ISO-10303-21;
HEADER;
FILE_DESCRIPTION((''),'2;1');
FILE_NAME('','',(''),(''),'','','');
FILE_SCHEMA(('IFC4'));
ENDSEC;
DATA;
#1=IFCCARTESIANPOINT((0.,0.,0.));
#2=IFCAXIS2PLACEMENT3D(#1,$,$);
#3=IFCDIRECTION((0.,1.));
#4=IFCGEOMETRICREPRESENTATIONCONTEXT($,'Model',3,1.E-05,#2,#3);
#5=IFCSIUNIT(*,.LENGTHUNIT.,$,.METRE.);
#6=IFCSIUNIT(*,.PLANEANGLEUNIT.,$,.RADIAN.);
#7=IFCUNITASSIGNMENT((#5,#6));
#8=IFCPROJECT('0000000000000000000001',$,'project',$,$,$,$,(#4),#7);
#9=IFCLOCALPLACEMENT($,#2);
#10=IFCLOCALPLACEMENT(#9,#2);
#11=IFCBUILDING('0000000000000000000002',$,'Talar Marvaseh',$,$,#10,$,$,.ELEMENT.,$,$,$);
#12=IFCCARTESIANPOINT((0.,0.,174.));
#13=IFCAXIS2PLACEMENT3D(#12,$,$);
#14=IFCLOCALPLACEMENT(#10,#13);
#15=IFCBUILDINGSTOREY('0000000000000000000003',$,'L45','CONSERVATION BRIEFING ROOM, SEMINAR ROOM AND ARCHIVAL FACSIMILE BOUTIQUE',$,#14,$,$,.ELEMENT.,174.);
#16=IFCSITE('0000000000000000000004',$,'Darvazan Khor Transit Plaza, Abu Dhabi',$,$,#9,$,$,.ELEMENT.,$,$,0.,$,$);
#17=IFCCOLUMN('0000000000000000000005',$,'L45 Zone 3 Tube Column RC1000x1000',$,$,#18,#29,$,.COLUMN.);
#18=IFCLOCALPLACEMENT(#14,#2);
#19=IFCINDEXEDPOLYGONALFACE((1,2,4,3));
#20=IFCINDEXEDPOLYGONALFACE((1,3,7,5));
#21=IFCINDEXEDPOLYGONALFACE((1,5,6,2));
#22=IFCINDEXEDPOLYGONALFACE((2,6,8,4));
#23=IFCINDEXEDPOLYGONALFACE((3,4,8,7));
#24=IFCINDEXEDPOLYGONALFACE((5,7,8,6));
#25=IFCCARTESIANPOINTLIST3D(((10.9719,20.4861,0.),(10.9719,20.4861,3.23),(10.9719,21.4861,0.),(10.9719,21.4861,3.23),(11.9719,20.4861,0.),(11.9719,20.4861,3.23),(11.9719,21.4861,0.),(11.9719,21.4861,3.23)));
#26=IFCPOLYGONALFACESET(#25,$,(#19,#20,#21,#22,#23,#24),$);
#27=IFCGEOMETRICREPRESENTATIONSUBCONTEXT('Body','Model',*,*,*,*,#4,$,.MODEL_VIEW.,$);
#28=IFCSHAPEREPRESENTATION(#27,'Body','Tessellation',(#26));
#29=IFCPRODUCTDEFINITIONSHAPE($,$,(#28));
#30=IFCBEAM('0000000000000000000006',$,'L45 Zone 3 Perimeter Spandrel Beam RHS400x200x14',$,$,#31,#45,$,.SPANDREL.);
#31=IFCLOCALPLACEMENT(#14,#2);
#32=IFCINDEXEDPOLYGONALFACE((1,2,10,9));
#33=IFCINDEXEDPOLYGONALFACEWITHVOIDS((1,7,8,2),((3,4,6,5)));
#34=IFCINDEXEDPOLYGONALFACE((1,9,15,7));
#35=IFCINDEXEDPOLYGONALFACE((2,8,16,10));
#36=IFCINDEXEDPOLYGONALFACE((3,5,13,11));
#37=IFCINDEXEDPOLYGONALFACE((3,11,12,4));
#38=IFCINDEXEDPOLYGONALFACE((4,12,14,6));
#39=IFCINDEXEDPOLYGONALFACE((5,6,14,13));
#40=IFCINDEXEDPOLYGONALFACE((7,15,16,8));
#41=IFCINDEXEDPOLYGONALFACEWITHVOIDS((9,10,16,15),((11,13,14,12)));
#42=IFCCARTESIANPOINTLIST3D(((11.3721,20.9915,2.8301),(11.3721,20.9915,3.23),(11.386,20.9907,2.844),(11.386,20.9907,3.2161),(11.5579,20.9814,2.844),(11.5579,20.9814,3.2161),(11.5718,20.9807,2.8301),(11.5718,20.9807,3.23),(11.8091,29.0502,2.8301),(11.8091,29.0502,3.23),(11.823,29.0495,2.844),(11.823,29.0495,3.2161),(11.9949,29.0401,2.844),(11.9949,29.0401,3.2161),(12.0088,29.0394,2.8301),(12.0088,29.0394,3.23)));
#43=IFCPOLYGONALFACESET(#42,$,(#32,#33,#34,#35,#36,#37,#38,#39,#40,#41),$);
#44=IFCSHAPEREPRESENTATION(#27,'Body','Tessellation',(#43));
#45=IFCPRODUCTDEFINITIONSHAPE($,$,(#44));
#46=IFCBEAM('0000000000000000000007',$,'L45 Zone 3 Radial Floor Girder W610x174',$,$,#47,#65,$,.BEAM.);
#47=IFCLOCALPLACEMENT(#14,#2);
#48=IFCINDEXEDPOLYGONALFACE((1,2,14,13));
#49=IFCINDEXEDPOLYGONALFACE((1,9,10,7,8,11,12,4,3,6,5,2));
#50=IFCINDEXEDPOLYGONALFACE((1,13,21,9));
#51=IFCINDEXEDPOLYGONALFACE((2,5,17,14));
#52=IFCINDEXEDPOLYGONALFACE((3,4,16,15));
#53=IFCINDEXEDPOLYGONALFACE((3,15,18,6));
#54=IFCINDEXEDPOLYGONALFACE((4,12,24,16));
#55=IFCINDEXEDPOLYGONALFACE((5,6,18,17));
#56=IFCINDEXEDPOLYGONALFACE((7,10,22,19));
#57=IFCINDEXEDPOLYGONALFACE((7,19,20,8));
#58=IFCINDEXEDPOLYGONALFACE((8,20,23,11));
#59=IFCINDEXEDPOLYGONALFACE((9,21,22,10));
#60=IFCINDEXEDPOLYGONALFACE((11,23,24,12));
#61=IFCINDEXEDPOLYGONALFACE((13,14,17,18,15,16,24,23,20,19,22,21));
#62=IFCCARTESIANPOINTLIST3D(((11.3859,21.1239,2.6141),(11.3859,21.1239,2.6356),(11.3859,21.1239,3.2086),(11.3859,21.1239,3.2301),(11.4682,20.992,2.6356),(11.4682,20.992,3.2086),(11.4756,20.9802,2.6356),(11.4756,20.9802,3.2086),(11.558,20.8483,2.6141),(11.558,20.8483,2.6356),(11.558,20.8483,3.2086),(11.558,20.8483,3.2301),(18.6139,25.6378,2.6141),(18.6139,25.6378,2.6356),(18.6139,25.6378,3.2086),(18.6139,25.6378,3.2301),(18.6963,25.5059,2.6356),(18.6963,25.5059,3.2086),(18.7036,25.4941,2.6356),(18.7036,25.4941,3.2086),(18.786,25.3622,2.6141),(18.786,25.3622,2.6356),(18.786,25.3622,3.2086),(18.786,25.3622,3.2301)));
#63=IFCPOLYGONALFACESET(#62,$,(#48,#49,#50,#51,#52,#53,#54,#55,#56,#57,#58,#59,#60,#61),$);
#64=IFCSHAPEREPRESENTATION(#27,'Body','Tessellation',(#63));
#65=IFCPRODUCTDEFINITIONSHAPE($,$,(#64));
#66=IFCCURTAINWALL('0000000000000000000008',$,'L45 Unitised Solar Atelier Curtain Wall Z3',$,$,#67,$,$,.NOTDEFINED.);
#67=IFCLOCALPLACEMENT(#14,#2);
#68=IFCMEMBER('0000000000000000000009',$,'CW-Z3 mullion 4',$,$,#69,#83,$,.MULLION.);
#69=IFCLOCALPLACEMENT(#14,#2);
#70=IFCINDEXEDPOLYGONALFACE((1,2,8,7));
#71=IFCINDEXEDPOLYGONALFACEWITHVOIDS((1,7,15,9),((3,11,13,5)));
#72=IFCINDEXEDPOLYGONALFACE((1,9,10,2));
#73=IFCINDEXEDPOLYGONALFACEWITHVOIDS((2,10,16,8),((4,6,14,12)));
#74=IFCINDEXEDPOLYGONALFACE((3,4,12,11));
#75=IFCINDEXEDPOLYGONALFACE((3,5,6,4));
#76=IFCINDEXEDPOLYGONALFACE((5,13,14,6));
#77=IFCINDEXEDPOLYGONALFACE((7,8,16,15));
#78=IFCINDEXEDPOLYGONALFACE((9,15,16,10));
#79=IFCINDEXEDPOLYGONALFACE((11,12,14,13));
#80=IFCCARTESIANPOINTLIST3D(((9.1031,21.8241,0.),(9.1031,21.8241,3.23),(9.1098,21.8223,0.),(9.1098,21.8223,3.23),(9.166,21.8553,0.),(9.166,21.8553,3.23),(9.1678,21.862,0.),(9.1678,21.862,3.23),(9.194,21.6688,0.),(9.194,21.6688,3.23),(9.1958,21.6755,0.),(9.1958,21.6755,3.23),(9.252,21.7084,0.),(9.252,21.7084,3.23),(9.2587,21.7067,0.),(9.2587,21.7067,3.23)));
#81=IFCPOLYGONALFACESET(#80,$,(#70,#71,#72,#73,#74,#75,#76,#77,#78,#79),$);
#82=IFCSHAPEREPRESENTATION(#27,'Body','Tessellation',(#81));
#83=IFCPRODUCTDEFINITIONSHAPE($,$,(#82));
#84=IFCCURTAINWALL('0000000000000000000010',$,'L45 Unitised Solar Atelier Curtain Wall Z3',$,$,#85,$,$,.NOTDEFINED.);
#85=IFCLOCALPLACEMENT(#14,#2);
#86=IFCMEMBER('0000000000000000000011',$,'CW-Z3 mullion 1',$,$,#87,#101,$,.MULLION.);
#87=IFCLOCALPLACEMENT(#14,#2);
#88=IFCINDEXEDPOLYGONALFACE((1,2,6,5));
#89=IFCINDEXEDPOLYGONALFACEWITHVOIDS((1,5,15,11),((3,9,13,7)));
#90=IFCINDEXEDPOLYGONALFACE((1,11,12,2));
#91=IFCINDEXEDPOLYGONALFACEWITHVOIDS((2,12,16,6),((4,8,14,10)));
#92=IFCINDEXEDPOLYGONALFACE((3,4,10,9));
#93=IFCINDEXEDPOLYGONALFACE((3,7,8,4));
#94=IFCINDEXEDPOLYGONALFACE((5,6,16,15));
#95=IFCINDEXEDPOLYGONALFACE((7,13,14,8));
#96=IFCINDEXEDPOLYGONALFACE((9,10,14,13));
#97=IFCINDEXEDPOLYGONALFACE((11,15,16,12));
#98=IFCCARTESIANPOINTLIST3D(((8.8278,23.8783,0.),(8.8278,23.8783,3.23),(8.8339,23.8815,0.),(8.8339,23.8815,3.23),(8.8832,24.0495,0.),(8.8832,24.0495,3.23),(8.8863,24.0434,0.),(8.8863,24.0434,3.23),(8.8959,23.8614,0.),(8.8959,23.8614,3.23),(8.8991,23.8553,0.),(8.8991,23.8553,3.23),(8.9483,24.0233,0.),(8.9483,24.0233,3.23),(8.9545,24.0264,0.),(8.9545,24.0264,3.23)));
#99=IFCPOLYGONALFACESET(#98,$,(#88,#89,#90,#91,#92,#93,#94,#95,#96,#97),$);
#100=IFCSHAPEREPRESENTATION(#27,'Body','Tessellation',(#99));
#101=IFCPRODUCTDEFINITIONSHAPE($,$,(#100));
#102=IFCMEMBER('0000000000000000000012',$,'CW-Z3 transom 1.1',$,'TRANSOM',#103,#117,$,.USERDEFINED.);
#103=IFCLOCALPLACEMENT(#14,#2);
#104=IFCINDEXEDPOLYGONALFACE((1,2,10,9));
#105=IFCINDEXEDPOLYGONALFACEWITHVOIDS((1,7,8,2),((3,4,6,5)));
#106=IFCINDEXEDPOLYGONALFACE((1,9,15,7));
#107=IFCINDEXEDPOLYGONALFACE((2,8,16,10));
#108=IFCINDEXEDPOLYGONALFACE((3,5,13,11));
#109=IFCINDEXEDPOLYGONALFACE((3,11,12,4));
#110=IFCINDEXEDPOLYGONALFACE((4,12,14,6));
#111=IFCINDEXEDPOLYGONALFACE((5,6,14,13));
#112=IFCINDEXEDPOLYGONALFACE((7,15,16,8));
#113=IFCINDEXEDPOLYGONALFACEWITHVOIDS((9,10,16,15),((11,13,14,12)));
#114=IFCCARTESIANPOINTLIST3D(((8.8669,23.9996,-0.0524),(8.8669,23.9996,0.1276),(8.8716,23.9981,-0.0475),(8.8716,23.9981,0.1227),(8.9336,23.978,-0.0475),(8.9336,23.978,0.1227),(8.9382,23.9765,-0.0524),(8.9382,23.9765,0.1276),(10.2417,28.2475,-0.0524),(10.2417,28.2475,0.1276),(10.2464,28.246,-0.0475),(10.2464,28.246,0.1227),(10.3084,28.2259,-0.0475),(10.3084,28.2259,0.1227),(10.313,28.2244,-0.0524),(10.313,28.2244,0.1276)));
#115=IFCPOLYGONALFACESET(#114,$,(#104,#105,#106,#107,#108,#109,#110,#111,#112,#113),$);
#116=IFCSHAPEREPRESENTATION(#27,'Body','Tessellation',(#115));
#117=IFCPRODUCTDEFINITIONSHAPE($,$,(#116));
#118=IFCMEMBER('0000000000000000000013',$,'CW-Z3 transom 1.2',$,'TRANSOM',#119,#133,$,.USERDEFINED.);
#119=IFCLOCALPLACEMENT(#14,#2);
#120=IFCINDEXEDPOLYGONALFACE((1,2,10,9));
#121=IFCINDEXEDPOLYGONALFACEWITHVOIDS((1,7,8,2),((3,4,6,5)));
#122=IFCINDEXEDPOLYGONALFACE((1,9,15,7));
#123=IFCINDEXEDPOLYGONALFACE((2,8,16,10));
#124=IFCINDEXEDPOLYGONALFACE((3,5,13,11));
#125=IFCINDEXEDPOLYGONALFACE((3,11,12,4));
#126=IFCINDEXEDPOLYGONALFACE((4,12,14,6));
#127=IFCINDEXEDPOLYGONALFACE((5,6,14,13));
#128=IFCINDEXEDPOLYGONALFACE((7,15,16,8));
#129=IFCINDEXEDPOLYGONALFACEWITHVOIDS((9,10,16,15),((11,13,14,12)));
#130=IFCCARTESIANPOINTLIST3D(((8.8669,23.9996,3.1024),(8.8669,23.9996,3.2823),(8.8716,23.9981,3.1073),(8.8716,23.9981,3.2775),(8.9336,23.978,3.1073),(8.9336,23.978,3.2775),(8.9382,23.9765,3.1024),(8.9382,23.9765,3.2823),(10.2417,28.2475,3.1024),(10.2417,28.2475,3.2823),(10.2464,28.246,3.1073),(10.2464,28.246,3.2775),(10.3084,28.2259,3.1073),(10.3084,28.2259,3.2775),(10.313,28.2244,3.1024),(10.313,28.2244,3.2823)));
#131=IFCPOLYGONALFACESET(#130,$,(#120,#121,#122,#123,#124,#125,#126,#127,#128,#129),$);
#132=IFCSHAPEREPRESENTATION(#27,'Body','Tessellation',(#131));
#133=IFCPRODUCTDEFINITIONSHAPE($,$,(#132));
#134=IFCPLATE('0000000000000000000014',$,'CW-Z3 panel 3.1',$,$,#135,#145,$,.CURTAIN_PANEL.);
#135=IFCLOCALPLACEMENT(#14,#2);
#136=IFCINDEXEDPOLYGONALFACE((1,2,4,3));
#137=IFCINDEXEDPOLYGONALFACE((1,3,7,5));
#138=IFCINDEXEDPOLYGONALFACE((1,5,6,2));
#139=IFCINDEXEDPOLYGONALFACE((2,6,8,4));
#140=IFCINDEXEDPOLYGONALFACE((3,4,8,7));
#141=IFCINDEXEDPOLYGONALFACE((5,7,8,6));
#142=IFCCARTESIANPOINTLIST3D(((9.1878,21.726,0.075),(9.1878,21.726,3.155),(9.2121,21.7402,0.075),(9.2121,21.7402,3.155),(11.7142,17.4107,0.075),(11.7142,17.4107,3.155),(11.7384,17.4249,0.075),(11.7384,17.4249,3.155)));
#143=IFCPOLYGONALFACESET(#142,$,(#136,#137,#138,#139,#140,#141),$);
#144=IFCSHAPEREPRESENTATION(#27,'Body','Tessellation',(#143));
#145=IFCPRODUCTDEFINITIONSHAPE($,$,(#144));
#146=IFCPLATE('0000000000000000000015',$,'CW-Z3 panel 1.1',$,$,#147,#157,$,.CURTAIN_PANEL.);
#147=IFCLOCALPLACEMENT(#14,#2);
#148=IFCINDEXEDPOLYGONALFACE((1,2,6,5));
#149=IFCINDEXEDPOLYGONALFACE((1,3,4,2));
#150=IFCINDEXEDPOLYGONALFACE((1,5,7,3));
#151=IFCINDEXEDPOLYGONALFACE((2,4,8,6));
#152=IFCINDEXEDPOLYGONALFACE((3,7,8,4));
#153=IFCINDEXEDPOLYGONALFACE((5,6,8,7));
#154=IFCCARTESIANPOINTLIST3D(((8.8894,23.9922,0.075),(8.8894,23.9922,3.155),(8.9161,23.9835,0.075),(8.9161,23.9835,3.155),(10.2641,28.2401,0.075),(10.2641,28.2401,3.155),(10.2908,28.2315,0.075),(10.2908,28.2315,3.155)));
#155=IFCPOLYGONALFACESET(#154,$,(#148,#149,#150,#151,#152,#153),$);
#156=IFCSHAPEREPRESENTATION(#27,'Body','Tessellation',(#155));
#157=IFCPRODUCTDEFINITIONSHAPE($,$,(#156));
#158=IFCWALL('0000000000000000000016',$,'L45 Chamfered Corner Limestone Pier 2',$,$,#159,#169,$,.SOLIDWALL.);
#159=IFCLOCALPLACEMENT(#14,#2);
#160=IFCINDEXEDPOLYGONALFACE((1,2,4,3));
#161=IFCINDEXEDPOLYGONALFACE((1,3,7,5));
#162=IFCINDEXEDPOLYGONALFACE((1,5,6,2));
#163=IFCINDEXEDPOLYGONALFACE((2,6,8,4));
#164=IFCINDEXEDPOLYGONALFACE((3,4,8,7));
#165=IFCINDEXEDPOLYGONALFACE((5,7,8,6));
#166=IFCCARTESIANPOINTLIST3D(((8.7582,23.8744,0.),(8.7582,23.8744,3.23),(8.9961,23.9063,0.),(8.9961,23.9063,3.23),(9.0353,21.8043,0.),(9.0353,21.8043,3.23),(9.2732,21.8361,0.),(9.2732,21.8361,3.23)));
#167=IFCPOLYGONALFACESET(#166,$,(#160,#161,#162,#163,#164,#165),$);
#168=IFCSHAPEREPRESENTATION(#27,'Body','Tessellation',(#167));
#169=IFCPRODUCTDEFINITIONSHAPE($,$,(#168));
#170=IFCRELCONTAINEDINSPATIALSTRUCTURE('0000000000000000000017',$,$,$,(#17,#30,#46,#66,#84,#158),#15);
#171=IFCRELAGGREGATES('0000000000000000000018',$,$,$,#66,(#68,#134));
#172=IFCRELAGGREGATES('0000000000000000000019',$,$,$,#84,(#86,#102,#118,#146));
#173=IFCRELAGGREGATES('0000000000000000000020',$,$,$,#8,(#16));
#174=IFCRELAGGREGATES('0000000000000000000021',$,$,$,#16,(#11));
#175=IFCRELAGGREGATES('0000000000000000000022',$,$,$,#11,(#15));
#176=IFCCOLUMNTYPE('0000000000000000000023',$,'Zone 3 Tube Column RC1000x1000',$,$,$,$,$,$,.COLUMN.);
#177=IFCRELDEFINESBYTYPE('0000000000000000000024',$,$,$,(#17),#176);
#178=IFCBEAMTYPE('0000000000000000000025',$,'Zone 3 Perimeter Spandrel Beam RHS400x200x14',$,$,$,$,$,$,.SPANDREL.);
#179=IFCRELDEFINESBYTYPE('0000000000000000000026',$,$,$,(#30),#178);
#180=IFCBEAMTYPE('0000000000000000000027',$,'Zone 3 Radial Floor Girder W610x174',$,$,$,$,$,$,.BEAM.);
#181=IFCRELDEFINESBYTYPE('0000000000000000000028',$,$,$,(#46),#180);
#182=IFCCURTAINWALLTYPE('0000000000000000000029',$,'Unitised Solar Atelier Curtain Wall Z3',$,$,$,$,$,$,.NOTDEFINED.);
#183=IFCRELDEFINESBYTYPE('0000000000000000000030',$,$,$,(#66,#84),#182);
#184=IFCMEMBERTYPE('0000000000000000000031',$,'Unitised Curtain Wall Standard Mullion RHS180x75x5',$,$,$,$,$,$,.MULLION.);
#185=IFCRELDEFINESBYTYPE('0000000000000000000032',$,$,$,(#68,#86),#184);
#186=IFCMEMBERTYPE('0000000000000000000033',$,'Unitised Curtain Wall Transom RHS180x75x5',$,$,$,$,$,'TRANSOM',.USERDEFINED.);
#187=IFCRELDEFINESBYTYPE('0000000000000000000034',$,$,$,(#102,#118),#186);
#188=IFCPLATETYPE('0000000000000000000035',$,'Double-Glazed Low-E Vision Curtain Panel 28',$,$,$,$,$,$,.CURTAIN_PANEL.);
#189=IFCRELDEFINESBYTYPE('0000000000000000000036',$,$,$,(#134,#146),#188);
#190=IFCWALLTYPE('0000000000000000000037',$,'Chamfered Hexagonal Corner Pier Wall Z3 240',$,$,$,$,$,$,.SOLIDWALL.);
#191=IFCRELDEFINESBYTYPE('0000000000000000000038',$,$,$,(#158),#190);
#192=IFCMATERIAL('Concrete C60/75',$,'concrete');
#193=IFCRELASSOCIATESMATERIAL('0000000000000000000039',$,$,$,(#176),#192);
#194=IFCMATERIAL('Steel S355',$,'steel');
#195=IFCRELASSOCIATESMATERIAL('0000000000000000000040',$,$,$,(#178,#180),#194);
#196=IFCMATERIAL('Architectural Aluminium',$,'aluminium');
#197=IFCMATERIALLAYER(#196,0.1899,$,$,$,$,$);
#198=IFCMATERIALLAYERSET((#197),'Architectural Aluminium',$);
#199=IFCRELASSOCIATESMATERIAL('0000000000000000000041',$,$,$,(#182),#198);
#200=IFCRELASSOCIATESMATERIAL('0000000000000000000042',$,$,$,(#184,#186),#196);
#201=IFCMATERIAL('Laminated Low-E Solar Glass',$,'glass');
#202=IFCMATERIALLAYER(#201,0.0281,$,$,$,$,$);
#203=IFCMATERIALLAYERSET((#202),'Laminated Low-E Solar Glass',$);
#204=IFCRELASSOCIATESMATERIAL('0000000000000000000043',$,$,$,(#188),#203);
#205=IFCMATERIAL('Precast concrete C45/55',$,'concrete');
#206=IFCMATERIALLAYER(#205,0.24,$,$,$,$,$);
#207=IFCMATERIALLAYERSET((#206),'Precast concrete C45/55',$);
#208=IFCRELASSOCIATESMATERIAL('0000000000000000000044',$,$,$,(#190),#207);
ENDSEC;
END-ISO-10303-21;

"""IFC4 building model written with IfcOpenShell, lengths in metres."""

from ifc_helpers import new_model, si_unit, direction, frame, frame_2d, origin, origin_2d, place, context, subcontext, project, spatial, rectangle, hollow_rectangle, i_section, extrude, source, transform, mapped, material, layer, layer_set, material_profile, profile_set, type_object, type_shapes, element, aggregate, save


model = new_model("IFC4")

# Units and contexts
model_context = context("Model", 3, precision=1e-05, world=origin(), true_north=direction((0.0, 1.0)))
body_context = subcontext(model_context, "Body", "Model", "MODEL_VIEW")
ifc_project = project(units=[si_unit("LENGTHUNIT", "METRE"), si_unit("PLANEANGLEUNIT", "RADIAN")], contexts=[model_context])

# Site, building, storey
site_placement = place(None, origin())
site = spatial("IfcSite", under=ifc_project, at=site_placement, Name="Darvazan Khor Transit Plaza, Abu Dhabi", CompositionType="ELEMENT", RefElevation=0.0)
building_placement = place(site_placement, origin())
building = spatial("IfcBuilding", under=site, at=building_placement, Name="Talar Marvaseh", CompositionType="ELEMENT")
storey_placement = place(building_placement, frame((0.0, 0.0, 174.0)))
storey = spatial("IfcBuildingStorey", under=building, at=storey_placement, Name="L45", Description="CONSERVATION BRIEFING ROOM, SEMINAR ROOM AND ARCHIVAL FACSIMILE BOUTIQUE", CompositionType="ELEMENT", Elevation=174.0)

# Column
ifc_material_1 = material(Name="Concrete C60/75", Category="concrete")
ifc_material_profile_1 = material_profile(ifc_material_1, rectangle(XDim=1.0, YDim=1.0, at=origin_2d()), Name="RC1000x1000")
ifc_profile_set_1 = profile_set([ifc_material_profile_1], Name="Concrete C60/75")
column_type = type_object("IfcColumnType", Name="Zone 3 Tube Column RC1000x1000", PredefinedType="COLUMN", material=ifc_profile_set_1)
column_placement = place(storey_placement, frame((11.4719, 20.9861, 0.0), z_axis=(0.0, 0.0, 1.0), x_axis=(1.0, 0.0, 0.0)))
element("IfcColumn", 1, at=column_placement, inside=storey, type_object=column_type, Name="L45 Zone 3 Tube Column RC1000x1000", PredefinedType="COLUMN", context=body_context, shape_type="SweptSolid", body=[
    extrude(rectangle(XDim=1.0, YDim=1.0, at=origin_2d()), origin(), (0.0, 0.0, 1.0), 3.23),
])

# Beams
ifc_material_2 = material(Name="Steel S355", Category="steel")
ifc_material_profile_2 = material_profile(ifc_material_2, hollow_rectangle(XDim=0.2, YDim=0.3999, WallThickness=0.0139, at=origin_2d()), Name="RHS400x200x14")
ifc_profile_set_2 = profile_set([ifc_material_profile_2], Name="Steel S355")
beam_type_1 = type_object("IfcBeamType", Name="Zone 3 Perimeter Spandrel Beam RHS400x200x14", PredefinedType="SPANDREL", material=ifc_profile_set_2)
beam_1_placement = place(storey_placement, frame((11.4719, 20.9861, 3.03), z_axis=(0.054148, 0.998533, 0.0), x_axis=(-0.998533, 0.054148, 0.0)))
element("IfcBeam", 2, at=beam_1_placement, inside=storey, type_object=beam_type_1, Name="L45 Zone 3 Perimeter Spandrel Beam RHS400x200x14", PredefinedType="SPANDREL", context=body_context, shape_type="SweptSolid", body=[
    extrude(hollow_rectangle(XDim=0.2, YDim=0.3999, WallThickness=0.0139, at=origin_2d()), origin(), (0.0, 0.0, 1.0), 8.0706),
])
ifc_material_profile_3 = material_profile(ifc_material_2, i_section(OverallWidth=0.325, OverallDepth=0.616, WebThickness=0.0139, FlangeThickness=0.0215, at=origin_2d()), Name="W610x174")
ifc_profile_set_3 = profile_set([ifc_material_profile_3], Name="Steel S355")
beam_type_2 = type_object("IfcBeamType", Name="Zone 3 Radial Floor Girder W610x174", PredefinedType="BEAM", material=ifc_profile_set_3)
beam_2_placement = place(storey_placement, frame((11.4719, 20.9861, 2.9221), z_axis=(0.848188, 0.529695, 0.0), x_axis=(-0.529695, 0.848188, 0.0)))
element("IfcBeam", 3, at=beam_2_placement, inside=storey, type_object=beam_type_2, Name="L45 Zone 3 Radial Floor Girder W610x174", PredefinedType="BEAM", context=body_context, shape_type="SweptSolid", body=[
    extrude(i_section(OverallWidth=0.325, OverallDepth=0.616, WebThickness=0.0139, FlangeThickness=0.0215, at=origin_2d()), origin(), (0.0, 0.0, 1.0), 8.5217),
])

# Curtain wall, member
ifc_material_3 = material(Name="Architectural Aluminium", Category="aluminium")
ifc_layer_1 = layer(ifc_material_3, 0.1899)
ifc_layer_set_1 = layer_set([ifc_layer_1], Name="Architectural Aluminium")
curtain_wall_type = type_object("IfcCurtainWallType", Name="Unitised Solar Atelier Curtain Wall Z3", PredefinedType="NOTDEFINED", material=ifc_layer_set_1)
curtain_wall_1_placement = place(storey_placement, origin())
curtain_wall_1 = element("IfcCurtainWall", 4, at=curtain_wall_1_placement, inside=storey, type_object=curtain_wall_type, Name="L45 Unitised Solar Atelier Curtain Wall Z3", PredefinedType="NOTDEFINED")
ifc_material_profile_4 = material_profile(ifc_material_3, hollow_rectangle(XDim=0.075, YDim=0.1799, WallThickness=0.0049, at=origin_2d()), Name="RHS180x75x5")
ifc_profile_set_4 = profile_set([ifc_material_profile_4], Name="Architectural Aluminium")
member_type_1 = type_object("IfcMemberType", Name="Unitised Curtain Wall Standard Mullion RHS180x75x5", PredefinedType="MULLION", material=ifc_profile_set_4)
shared_shape_1 = source(origin(), body_context, "Body", "SweptSolid", [
    extrude(hollow_rectangle(XDim=0.075, YDim=0.1799, WallThickness=0.0049, at=origin_2d()), origin(), (0.0, 0.0, 1.0), 3.23),
])
type_shapes(member_type_1, [shared_shape_1])
member_1_placement = place(storey_placement, frame((9.1809, 21.7654, 0.0), z_axis=(0.0, 0.0, 1.0), x_axis=(-0.862987, -0.505227, 0.0)))
member_1 = element("IfcMember", 5, at=member_1_placement, type_object=member_type_1, Name="CW-Z3 mullion 4", PredefinedType="MULLION", context=body_context, shape_type="MappedRepresentation", body=[
    mapped(shared_shape_1, transform((0.0, 0.0, 0.0), x_axis=(1.0, 0.0, 0.0), y_axis=(0.0, 1.0, 0.0), z_axis=(0.0, 0.0, 1.0), scale=1.0)),
])

# Curtain wall, members
curtain_wall_2_placement = place(storey_placement, origin())
curtain_wall_2 = element("IfcCurtainWall", 6, at=curtain_wall_2_placement, inside=storey, type_object=curtain_wall_type, Name="L45 Unitised Solar Atelier Curtain Wall Z3", PredefinedType="NOTDEFINED")
member_2_placement = place(storey_placement, frame((8.8911, 23.9524, 0.0), z_axis=(0.0, 0.0, 1.0), x_axis=(-0.951424, 0.307885, 0.0)))
member_2 = element("IfcMember", 7, at=member_2_placement, type_object=member_type_1, Name="CW-Z3 mullion 1", PredefinedType="MULLION", context=body_context, shape_type="MappedRepresentation", body=[
    mapped(shared_shape_1, transform((0.0, 0.0, 0.0), x_axis=(1.0, 0.0, 0.0), y_axis=(0.0, 1.0, 0.0), z_axis=(0.0, 0.0, 1.0), scale=1.0)),
])
ifc_material_profile_5 = material_profile(ifc_material_3, hollow_rectangle(XDim=0.075, YDim=0.1799, WallThickness=0.0049, at=origin_2d()), Name="RHS180x75x5")
ifc_profile_set_5 = profile_set([ifc_material_profile_5], Name="Architectural Aluminium")
member_type_2 = type_object("IfcMemberType", Name="Unitised Curtain Wall Transom RHS180x75x5", ElementType="TRANSOM", PredefinedType="USERDEFINED", material=ifc_profile_set_5)
shared_shape_2 = source(origin(), body_context, "Body", "SweptSolid", [
    extrude(hollow_rectangle(XDim=0.075, YDim=0.1799, WallThickness=0.0049, at=origin_2d()), origin(), (0.0, 0.0, 1.0), 4.4648),
])
type_shapes(member_type_2, [shared_shape_2])
member_3_placement = place(storey_placement, frame((8.9026, 23.988, 0.0376), z_axis=(0.307915, 0.951414, 0.0), x_axis=(-0.951414, 0.307915, 0.0)))
member_3 = element("IfcMember", 8, at=member_3_placement, type_object=member_type_2, Name="CW-Z3 transom 1.1", ObjectType="TRANSOM", PredefinedType="USERDEFINED", context=body_context, shape_type="MappedRepresentation", body=[
    mapped(shared_shape_2, transform((0.0, 0.0, 0.0), x_axis=(1.0, 0.0, 0.0), y_axis=(0.0, 1.0, 0.0), z_axis=(0.0, 0.0, 1.0), scale=1.0)),
])
member_4_placement = place(storey_placement, frame((8.9026, 23.988, 3.1924), z_axis=(0.307915, 0.951414, 0.0), x_axis=(-0.951414, 0.307915, 0.0)))
member_4 = element("IfcMember", 9, at=member_4_placement, type_object=member_type_2, Name="CW-Z3 transom 1.2", ObjectType="TRANSOM", PredefinedType="USERDEFINED", context=body_context, shape_type="MappedRepresentation", body=[
    mapped(shared_shape_2, transform((0.0, 0.0, 0.0), x_axis=(1.0, 0.0, 0.0), y_axis=(0.0, 1.0, 0.0), z_axis=(0.0, 0.0, 1.0), scale=1.0)),
])

# Plates
ifc_material_4 = material(Name="Laminated Low-E Solar Glass", Category="glass")
ifc_layer_2 = layer(ifc_material_4, 0.0281)
ifc_layer_set_2 = layer_set([ifc_layer_2], Name="Laminated Low-E Solar Glass")
plate_type = type_object("IfcPlateType", Name="Double-Glazed Low-E Vision Curtain Panel 28", PredefinedType="CURTAIN_PANEL", material=ifc_layer_set_2)
shared_shape_3 = source(origin(), body_context, "Body", "SweptSolid", [
    extrude(rectangle(XDim=5.0005, YDim=0.0281, at=origin_2d()), origin(), (0.0, 0.0, 1.0), 3.0801),
])
plate_1_placement = place(storey_placement, frame((10.4631, 19.5754, 0.075), z_axis=(0.0, 0.0, 1.0), x_axis=(-0.505227, 0.862987, 0.0)))
plate_1 = element("IfcPlate", 10, at=plate_1_placement, type_object=plate_type, Name="CW-Z3 panel 3.1", PredefinedType="CURTAIN_PANEL", context=body_context, shape_type="MappedRepresentation", body=[
    mapped(shared_shape_3, transform((0.0, 0.0, 0.0), x_axis=(1.0, 0.0, 0.0), y_axis=(0.0, 1.0, 0.0), z_axis=(0.0, 0.0, 1.0), scale=1.0)),
])
aggregate(curtain_wall_1, [member_1, plate_1])
shared_shape_4 = source(origin(), body_context, "Body", "SweptSolid", [
    extrude(rectangle(XDim=4.4648, YDim=0.0281, at=origin_2d()), origin(), (0.0, 0.0, 1.0), 3.0801),
])
type_shapes(plate_type, [shared_shape_3, shared_shape_4])
plate_2_placement = place(storey_placement, frame((9.5901, 26.1118, 0.075), z_axis=(0.0, 0.0, 1.0), x_axis=(0.307885, 0.951424, 0.0)))
plate_2 = element("IfcPlate", 11, at=plate_2_placement, type_object=plate_type, Name="CW-Z3 panel 1.1", PredefinedType="CURTAIN_PANEL", context=body_context, shape_type="MappedRepresentation", body=[
    mapped(shared_shape_4, transform((0.0, 0.0, 0.0), x_axis=(1.0, 0.0, 0.0), y_axis=(0.0, 1.0, 0.0), z_axis=(0.0, 0.0, 1.0), scale=1.0)),
])
aggregate(curtain_wall_2, [member_2, member_3, member_4, plate_2])

# Wall
ifc_material_5 = material(Name="Precast concrete C45/55", Category="concrete")
ifc_layer_3 = layer(ifc_material_5, 0.24)
ifc_layer_set_3 = layer_set([ifc_layer_3], Name="Precast concrete C45/55")
wall_type_1 = type_object("IfcWallType", Name="Chamfered Hexagonal Corner Pier Wall Z3 240", PredefinedType="SOLIDWALL", material=ifc_layer_set_3)
wall_1_placement = place(storey_placement, frame((9.1543, 21.8201, 0.0), z_axis=(0.0, 0.0, 1.0), x_axis=(-0.132677, 0.991159, 0.0)))
element("IfcWall", 12, at=wall_1_placement, inside=storey, type_object=wall_type_1, Name="L45 Chamfered Corner Limestone Pier 2", PredefinedType="SOLIDWALL", context=body_context, shape_type="SweptSolid", body=[
    extrude(rectangle(XDim=2.0886, YDim=0.24, at=frame_2d((1.0444, 0.0))), origin(), (0.0, 0.0, 1.0), 3.23),
])

save(model, "model.ifc")
